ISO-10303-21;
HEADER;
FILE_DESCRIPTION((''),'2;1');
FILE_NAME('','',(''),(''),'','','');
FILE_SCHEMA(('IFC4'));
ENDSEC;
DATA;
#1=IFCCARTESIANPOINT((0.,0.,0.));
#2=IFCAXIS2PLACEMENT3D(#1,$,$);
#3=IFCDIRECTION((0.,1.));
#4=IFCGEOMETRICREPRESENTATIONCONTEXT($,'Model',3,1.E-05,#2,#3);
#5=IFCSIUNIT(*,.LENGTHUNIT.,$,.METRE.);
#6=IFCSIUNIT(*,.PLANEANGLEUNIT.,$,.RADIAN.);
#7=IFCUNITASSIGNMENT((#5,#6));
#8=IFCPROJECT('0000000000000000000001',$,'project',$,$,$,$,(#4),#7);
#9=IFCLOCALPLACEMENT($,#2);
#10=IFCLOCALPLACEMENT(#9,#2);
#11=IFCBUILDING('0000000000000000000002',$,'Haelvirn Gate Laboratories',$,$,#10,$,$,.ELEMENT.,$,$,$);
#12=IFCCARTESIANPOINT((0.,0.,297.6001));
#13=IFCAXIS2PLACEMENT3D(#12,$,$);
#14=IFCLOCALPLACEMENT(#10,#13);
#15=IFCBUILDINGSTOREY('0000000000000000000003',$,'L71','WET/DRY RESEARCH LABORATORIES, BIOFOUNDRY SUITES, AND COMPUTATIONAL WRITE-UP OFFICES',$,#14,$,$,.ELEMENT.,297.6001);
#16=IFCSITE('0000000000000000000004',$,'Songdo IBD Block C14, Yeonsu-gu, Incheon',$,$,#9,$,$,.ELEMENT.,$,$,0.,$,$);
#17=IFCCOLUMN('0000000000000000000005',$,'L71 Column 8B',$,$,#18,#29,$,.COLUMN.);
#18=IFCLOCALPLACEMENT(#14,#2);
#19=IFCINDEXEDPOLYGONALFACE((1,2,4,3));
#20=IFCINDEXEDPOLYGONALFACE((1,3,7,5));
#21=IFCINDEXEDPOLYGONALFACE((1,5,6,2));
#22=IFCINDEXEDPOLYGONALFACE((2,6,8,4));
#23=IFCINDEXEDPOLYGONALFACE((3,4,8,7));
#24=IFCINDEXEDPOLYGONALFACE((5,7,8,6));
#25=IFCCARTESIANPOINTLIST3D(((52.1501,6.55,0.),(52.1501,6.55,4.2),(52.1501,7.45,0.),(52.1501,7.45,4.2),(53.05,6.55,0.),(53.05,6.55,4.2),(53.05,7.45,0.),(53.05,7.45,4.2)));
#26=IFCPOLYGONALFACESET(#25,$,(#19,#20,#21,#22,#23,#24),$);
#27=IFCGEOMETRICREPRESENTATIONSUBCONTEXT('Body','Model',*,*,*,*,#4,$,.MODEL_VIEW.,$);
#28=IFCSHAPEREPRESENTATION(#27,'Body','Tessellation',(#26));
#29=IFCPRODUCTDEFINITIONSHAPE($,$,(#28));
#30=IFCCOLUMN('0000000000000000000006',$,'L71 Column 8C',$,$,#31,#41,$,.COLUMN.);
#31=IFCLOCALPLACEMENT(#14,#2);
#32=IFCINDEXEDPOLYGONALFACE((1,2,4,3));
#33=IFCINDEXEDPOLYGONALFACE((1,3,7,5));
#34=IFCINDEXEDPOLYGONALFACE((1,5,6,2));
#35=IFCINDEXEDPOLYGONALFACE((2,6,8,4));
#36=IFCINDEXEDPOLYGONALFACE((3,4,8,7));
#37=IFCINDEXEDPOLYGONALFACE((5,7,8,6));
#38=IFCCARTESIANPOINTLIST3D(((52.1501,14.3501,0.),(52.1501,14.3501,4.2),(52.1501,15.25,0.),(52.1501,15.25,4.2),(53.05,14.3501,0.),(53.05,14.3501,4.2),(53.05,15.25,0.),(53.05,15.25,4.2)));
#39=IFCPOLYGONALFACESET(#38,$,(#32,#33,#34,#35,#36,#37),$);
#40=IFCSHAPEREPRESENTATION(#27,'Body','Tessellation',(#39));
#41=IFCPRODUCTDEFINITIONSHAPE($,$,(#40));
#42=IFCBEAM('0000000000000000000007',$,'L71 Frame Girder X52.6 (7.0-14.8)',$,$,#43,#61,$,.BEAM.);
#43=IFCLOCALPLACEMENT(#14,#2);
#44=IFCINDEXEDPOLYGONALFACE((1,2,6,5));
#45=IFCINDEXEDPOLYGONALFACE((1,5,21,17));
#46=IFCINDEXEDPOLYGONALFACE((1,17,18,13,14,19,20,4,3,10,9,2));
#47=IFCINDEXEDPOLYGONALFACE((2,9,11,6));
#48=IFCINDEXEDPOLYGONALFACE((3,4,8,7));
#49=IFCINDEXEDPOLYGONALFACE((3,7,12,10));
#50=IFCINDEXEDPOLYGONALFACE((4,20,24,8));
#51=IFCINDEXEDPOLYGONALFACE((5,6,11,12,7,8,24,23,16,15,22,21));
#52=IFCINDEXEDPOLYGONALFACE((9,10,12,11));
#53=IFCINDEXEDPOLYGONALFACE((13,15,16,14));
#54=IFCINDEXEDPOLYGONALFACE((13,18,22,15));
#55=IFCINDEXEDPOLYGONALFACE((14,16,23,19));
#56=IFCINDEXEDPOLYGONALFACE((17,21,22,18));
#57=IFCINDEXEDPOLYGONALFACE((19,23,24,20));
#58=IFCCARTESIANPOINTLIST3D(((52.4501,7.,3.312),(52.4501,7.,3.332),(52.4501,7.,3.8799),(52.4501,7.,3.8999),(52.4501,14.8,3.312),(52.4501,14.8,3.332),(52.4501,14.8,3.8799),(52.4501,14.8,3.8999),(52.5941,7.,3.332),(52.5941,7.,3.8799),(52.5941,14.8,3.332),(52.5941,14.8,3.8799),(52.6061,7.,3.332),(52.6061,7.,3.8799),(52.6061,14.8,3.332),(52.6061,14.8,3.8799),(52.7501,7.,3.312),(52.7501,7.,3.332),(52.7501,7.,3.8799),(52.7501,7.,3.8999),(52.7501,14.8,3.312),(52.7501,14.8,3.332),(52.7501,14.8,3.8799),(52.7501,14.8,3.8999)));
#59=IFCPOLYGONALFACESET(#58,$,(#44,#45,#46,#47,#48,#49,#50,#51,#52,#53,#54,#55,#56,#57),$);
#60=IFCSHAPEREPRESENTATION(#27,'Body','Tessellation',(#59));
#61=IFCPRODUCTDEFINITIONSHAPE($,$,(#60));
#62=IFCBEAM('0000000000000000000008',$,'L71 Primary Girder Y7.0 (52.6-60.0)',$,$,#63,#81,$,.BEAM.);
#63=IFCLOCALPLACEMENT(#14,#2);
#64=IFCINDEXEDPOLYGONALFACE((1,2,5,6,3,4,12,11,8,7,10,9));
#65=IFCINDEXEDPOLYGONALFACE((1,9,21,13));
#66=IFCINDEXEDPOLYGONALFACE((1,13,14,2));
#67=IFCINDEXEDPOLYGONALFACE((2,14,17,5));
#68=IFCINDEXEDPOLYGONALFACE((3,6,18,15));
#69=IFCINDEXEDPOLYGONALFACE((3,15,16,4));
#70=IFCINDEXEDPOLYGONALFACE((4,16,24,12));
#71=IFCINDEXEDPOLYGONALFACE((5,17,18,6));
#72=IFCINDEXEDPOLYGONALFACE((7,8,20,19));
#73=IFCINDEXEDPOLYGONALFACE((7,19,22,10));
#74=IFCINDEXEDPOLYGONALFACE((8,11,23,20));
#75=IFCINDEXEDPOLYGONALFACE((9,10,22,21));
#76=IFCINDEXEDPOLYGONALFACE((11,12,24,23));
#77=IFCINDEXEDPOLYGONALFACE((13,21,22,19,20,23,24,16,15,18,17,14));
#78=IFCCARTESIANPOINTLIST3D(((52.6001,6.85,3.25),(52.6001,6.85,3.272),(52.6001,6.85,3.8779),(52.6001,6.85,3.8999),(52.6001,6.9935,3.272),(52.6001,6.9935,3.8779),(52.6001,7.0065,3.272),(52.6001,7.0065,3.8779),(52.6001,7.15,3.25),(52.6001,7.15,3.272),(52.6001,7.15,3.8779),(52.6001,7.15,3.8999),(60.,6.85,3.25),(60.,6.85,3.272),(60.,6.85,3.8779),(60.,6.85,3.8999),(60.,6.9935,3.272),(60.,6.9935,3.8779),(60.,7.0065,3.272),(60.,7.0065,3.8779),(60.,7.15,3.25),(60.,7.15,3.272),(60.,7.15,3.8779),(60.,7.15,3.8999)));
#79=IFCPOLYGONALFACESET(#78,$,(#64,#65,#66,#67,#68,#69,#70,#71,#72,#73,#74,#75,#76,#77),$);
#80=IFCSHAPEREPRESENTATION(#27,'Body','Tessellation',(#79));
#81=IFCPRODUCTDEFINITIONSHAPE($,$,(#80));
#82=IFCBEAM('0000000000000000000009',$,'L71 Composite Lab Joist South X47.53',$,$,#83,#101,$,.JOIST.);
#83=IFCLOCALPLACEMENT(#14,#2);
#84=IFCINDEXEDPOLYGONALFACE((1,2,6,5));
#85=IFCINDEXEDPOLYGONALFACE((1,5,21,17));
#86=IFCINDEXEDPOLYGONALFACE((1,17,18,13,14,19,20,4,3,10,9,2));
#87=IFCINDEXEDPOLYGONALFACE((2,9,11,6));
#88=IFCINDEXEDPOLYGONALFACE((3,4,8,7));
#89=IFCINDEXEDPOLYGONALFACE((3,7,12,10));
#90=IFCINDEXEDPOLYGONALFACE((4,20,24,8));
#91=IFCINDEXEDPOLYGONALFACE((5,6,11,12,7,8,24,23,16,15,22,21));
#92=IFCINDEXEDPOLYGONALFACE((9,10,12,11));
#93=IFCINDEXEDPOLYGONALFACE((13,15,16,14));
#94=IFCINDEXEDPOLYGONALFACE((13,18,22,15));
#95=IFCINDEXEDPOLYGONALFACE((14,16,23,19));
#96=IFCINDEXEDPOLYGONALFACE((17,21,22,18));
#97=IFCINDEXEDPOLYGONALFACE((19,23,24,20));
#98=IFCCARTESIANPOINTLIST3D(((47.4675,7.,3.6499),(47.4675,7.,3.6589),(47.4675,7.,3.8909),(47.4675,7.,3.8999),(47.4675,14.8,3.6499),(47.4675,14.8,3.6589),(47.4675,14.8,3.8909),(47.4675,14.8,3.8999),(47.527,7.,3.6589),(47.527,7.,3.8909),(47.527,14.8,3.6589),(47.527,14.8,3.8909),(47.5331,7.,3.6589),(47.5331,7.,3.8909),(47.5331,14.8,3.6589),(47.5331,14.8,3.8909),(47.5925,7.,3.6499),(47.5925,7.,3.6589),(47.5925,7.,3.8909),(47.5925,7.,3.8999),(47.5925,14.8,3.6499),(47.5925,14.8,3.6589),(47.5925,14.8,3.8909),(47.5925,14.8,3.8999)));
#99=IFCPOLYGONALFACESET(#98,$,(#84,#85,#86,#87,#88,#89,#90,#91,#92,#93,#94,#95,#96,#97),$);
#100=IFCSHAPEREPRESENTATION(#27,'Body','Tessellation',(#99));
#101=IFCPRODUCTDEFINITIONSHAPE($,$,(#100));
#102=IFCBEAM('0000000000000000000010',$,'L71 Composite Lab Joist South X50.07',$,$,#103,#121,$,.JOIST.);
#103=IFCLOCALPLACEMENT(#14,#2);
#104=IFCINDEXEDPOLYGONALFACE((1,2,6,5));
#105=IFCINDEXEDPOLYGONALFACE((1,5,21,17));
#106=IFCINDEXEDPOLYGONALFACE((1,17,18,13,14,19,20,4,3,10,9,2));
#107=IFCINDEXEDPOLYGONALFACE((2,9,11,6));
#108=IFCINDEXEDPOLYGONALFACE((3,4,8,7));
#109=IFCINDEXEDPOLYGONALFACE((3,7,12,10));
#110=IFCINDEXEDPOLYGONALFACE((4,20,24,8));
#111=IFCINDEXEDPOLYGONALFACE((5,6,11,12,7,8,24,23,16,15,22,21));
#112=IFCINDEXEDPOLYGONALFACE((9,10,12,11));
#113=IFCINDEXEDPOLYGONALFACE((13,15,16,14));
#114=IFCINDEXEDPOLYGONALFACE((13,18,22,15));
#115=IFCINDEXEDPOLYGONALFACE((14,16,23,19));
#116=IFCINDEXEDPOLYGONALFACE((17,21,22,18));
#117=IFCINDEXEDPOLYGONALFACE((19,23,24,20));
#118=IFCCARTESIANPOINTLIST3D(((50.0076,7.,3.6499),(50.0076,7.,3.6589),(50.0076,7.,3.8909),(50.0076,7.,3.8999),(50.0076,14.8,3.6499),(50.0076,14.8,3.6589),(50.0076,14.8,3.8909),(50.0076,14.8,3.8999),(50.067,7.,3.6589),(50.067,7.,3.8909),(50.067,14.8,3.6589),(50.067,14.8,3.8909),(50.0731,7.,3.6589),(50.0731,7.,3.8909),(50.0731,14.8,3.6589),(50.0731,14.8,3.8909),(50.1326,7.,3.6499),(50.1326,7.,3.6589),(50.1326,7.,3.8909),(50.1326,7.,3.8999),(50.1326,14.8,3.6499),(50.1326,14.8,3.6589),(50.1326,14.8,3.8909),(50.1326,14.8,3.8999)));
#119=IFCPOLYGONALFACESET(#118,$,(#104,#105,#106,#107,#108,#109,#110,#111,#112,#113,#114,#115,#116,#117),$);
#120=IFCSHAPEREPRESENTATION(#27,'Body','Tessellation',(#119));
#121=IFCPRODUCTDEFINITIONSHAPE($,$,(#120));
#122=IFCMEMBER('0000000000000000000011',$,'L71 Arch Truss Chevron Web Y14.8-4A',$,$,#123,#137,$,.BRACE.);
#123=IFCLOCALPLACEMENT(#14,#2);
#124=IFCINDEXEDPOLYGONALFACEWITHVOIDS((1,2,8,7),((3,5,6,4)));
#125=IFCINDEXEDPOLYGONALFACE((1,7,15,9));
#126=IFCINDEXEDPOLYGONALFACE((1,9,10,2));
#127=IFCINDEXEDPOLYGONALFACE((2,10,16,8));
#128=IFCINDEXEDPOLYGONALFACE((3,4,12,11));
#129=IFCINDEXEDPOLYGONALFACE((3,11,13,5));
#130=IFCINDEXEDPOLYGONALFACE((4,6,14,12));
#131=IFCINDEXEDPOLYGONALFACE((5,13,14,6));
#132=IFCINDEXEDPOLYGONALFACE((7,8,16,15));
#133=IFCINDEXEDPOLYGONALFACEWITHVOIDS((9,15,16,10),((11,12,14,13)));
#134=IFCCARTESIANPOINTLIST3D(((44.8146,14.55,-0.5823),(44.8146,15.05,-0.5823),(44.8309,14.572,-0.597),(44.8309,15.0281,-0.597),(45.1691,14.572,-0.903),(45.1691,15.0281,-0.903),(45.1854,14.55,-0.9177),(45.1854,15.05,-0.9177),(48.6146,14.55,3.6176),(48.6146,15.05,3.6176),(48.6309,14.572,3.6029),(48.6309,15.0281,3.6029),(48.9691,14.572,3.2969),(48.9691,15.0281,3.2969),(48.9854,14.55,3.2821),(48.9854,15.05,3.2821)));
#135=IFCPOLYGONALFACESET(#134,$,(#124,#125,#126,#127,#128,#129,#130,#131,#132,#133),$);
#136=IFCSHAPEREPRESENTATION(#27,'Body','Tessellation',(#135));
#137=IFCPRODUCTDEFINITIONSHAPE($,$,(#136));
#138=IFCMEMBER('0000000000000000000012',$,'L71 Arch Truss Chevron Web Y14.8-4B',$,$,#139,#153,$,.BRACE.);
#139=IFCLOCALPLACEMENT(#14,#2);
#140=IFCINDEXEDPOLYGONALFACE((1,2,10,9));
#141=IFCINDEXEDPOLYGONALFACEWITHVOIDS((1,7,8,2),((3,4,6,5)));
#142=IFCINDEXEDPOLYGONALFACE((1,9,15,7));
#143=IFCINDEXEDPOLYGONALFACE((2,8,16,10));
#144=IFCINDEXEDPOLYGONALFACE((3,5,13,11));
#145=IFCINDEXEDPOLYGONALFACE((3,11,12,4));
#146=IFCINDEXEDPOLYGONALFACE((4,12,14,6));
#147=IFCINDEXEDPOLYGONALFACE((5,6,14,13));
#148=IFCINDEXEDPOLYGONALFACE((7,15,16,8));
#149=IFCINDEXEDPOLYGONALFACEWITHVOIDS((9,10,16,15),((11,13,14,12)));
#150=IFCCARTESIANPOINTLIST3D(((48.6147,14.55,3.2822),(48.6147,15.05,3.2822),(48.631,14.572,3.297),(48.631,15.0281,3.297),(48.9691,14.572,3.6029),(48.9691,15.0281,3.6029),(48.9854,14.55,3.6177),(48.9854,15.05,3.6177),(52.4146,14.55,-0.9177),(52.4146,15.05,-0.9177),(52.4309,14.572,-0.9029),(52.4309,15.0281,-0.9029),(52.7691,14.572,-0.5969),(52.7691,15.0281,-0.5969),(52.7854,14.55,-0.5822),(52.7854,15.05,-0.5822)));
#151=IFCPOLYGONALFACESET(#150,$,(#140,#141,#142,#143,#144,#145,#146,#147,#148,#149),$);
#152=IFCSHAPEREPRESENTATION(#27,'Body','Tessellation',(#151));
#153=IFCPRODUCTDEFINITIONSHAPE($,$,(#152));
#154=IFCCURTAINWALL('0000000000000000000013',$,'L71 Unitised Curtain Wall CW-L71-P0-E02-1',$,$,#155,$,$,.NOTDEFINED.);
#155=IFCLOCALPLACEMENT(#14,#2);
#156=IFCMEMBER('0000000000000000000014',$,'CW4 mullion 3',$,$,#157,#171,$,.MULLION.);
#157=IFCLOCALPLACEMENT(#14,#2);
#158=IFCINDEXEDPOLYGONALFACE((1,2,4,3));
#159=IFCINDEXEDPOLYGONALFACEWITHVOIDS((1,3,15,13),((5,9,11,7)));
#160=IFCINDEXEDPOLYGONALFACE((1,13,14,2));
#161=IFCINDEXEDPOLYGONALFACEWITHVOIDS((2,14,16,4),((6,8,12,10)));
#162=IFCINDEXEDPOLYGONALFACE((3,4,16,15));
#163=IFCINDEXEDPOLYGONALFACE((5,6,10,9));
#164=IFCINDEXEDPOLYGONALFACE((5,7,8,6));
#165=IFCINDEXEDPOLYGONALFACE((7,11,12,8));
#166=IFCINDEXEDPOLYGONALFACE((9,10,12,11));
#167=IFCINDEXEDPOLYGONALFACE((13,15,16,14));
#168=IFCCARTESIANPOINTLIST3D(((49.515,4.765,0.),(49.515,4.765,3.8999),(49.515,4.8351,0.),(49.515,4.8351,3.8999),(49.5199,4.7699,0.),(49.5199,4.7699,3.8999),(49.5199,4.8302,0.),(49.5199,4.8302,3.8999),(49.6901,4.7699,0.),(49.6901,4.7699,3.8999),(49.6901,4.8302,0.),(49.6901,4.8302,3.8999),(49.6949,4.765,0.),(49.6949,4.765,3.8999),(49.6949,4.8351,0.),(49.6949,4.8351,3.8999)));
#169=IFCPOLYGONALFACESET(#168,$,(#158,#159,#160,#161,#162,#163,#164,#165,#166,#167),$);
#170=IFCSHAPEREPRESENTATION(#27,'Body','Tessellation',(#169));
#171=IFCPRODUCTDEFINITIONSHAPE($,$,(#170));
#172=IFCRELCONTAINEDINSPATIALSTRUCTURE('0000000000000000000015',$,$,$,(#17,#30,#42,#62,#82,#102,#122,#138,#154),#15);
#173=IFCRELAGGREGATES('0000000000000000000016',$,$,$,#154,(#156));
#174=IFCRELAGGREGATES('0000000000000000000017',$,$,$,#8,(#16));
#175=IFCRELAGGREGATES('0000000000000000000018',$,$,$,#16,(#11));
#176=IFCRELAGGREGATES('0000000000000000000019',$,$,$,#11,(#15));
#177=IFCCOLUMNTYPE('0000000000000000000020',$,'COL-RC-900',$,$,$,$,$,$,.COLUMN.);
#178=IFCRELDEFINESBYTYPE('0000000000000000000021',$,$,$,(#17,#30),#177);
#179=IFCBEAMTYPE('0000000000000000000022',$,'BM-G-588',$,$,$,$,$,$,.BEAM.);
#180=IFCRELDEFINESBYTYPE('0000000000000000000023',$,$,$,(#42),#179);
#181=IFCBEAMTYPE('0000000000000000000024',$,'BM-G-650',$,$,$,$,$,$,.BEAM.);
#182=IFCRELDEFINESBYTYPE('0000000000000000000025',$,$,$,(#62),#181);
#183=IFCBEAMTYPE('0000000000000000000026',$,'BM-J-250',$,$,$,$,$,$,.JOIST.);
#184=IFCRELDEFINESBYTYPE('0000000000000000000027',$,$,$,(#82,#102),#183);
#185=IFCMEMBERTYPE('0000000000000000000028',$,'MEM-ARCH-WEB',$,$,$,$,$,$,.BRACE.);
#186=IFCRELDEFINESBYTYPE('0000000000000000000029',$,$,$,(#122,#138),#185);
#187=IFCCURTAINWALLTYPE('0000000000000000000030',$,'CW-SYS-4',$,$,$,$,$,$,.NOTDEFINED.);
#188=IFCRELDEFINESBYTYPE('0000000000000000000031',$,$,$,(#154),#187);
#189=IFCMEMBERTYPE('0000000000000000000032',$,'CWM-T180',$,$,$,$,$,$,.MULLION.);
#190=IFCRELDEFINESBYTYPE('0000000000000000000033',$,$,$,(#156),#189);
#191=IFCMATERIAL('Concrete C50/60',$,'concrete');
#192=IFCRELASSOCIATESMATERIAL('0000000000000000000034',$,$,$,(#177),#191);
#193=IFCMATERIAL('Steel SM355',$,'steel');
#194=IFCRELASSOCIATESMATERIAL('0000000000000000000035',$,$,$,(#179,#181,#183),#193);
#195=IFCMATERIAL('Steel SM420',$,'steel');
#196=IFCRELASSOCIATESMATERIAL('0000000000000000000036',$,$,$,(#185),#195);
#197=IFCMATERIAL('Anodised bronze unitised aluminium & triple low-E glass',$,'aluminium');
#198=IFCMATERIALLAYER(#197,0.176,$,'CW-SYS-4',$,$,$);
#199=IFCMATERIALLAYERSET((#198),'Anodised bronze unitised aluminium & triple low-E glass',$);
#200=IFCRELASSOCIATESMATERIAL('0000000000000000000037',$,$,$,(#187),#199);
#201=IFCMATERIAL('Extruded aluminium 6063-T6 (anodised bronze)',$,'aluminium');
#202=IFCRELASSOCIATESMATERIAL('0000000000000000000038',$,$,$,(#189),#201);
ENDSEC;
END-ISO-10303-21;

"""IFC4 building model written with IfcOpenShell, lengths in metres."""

from ifc_helpers import new_model, si_unit, direction, frame, origin, origin_2d, place, context, subcontext, project, spatial, rectangle, hollow_rectangle, i_section, extrude, source, transform, mapped, material, layer, layer_set, material_profile, profile_set, type_object, type_shapes, element, aggregate, save


model = new_model("IFC4")

# Units and contexts
model_context = context("Model", 3, precision=1e-05, world=origin(), true_north=direction((0.0, 1.0)))
body_context = subcontext(model_context, "Body", "Model", "MODEL_VIEW")
ifc_project = project(units=[si_unit("LENGTHUNIT", "METRE"), si_unit("PLANEANGLEUNIT", "RADIAN")], contexts=[model_context])

# Site, building, storey
site_placement = place(None, origin())
site = spatial("IfcSite", under=ifc_project, at=site_placement, Name="Songdo IBD Block C14, Yeonsu-gu, Incheon", CompositionType="ELEMENT", RefElevation=0.0)
building_placement = place(site_placement, origin())
building = spatial("IfcBuilding", under=site, at=building_placement, Name="Haelvirn Gate Laboratories", CompositionType="ELEMENT")
storey_placement = place(building_placement, frame((0.0, 0.0, 297.6001)))
storey = spatial("IfcBuildingStorey", under=building, at=storey_placement, Name="L71", Description="WET/DRY RESEARCH LABORATORIES, BIOFOUNDRY SUITES, AND COMPUTATIONAL WRITE-UP OFFICES", CompositionType="ELEMENT", Elevation=297.6001)

# Columns
ifc_material_1 = material(Name="Concrete C50/60", Category="concrete")
ifc_material_profile_1 = material_profile(ifc_material_1, rectangle(XDim=0.8999, YDim=0.8999, at=origin_2d()), Name="RC-900x900")
ifc_profile_set_1 = profile_set([ifc_material_profile_1], Name="Concrete C50/60")
column_type = type_object("IfcColumnType", Name="COL-RC-900", PredefinedType="COLUMN", material=ifc_profile_set_1)
shared_shape_1 = source(origin(), body_context, "Body", "SweptSolid", [
    extrude(rectangle(XDim=0.8999, YDim=0.8999, at=origin_2d()), origin(), (0.0, 0.0, 1.0), 4.2),
])
type_shapes(column_type, [shared_shape_1])
for number, where, z_axis, x_axis, name in (
    (1, (52.6001, 7.0, 0.0), (0.0, 0.0, 1.0), (1.0, 0.0, 0.0), "L71 Column 8B"),
    (2, (52.6001, 14.8, 0.0), (0.0, 0.0, 1.0), (1.0, 0.0, 0.0), "L71 Column 8C"),
):
    element("IfcColumn", number, at=place(storey_placement, frame(where, z_axis=z_axis, x_axis=x_axis)), inside=storey, type_object=column_type, Name=name, PredefinedType="COLUMN", context=body_context, shape_type="MappedRepresentation", body=[
        mapped(shared_shape_1, transform((0.0, 0.0, 0.0), scale=1.0)),
    ])

# Beams
ifc_material_2 = material(Name="Steel SM355", Category="steel")
ifc_material_profile_2 = material_profile(ifc_material_2, i_section(OverallWidth=0.3, OverallDepth=0.5879, WebThickness=0.012, FlangeThickness=0.02, at=origin_2d()), Name="H-588x300x12x20")
ifc_profile_set_2 = profile_set([ifc_material_profile_2], Name="Steel SM355")
beam_type_1 = type_object("IfcBeamType", Name="BM-G-588", PredefinedType="BEAM", material=ifc_profile_set_2)
shared_shape_2 = source(origin(), body_context, "Body", "SweptSolid", [
    extrude(i_section(OverallWidth=0.3, OverallDepth=0.5879, WebThickness=0.012, FlangeThickness=0.02, at=origin_2d()), origin(), (0.0, 0.0, 1.0), 7.8),
])
type_shapes(beam_type_1, [shared_shape_2])
beam_1_placement = place(storey_placement, frame((52.6001, 7.0, 3.606), z_axis=(0.0, 1.0, 0.0), x_axis=(-1.0, 0.0, 0.0)))
element("IfcBeam", 3, at=beam_1_placement, inside=storey, type_object=beam_type_1, Name="L71 Frame Girder X52.6 (7.0-14.8)", PredefinedType="BEAM", context=body_context, shape_type="MappedRepresentation", body=[
    mapped(shared_shape_2, transform((0.0, 0.0, 0.0), scale=1.0)),
])
ifc_material_profile_3 = material_profile(ifc_material_2, i_section(OverallWidth=0.3, OverallDepth=0.6499, WebThickness=0.0129, FlangeThickness=0.022, at=origin_2d()), Name="H-650x300x13x22")
ifc_profile_set_3 = profile_set([ifc_material_profile_3], Name="Steel SM355")
beam_type_2 = type_object("IfcBeamType", Name="BM-G-650", PredefinedType="BEAM", material=ifc_profile_set_3)
shared_shape_3 = source(origin(), body_context, "Body", "SweptSolid", [
    extrude(i_section(OverallWidth=0.3, OverallDepth=0.6499, WebThickness=0.0129, FlangeThickness=0.022, at=origin_2d()), origin(), (0.0, 0.0, 1.0), 7.3999),
])
type_shapes(beam_type_2, [shared_shape_3])
beam_2_placement = place(storey_placement, frame((52.6001, 7.0, 3.575), z_axis=(1.0, 0.0, 0.0), x_axis=(0.0, 1.0, 0.0)))
element("IfcBeam", 4, at=beam_2_placement, inside=storey, type_object=beam_type_2, Name="L71 Primary Girder Y7.0 (52.6-60.0)", PredefinedType="BEAM", context=body_context, shape_type="MappedRepresentation", body=[
    mapped(shared_shape_3, transform((0.0, 0.0, 0.0), scale=1.0)),
])
ifc_material_profile_4 = material_profile(ifc_material_2, i_section(OverallWidth=0.125, OverallDepth=0.25, WebThickness=0.0061, FlangeThickness=0.009, at=origin_2d()), Name="H-250x125x6x9")
ifc_profile_set_4 = profile_set([ifc_material_profile_4], Name="Steel SM355")
beam_type_3 = type_object("IfcBeamType", Name="BM-J-250", PredefinedType="JOIST", material=ifc_profile_set_4)
shared_shape_4 = source(origin(), body_context, "Body", "SweptSolid", [
    extrude(i_section(OverallWidth=0.125, OverallDepth=0.25, WebThickness=0.0061, FlangeThickness=0.009, at=origin_2d()), origin(), (0.0, 0.0, 1.0), 7.8),
])
type_shapes(beam_type_3, [shared_shape_4])
for number, where, z_axis, x_axis, name in (
    (5, (47.53, 7.0, 3.7749), (0.0, 1.0, 0.0), (-1.0, 0.0, 0.0), "L71 Composite Lab Joist South X47.53"),
    (6, (50.0701, 7.0, 3.7749), (0.0, 1.0, 0.0), (-1.0, 0.0, 0.0), "L71 Composite Lab Joist South X50.07"),
):
    element("IfcBeam", number, at=place(storey_placement, frame(where, z_axis=z_axis, x_axis=x_axis)), inside=storey, type_object=beam_type_3, Name=name, PredefinedType="JOIST", context=body_context, shape_type="MappedRepresentation", body=[
        mapped(shared_shape_4, transform((0.0, 0.0, 0.0), scale=1.0)),
    ])

# Members
ifc_material_3 = material(Name="Steel SM420", Category="steel")
ifc_material_profile_5 = material_profile(ifc_material_3, hollow_rectangle(XDim=0.5, YDim=0.5, WallThickness=0.022, at=origin_2d()), Name="BOX-500x500x22")
ifc_profile_set_5 = profile_set([ifc_material_profile_5], Name="Steel SM420")
member_type_1 = type_object("IfcMemberType", Name="MEM-ARCH-WEB", PredefinedType="BRACE", material=ifc_profile_set_5)
shared_shape_5 = source(origin(), body_context, "Body", "SweptSolid", [
    extrude(hollow_rectangle(XDim=0.5, YDim=0.5, WallThickness=0.022, at=origin_2d()), origin(), (0.0, 0.0, 1.0), 5.6638),
])
type_shapes(member_type_1, [shared_shape_5])
for number, where, z_axis, x_axis, name in (
    (7, (45.0, 14.8, -0.75), (0.670922, 0.0, 0.741528), (0.0, 1.0, 0.0), "L71 Arch Truss Chevron Web Y14.8-4A"),
    (8, (48.8, 14.8, 3.45), (0.670922, 0.0, -0.741528), (0.0, 1.0, 0.0), "L71 Arch Truss Chevron Web Y14.8-4B"),
):
    element("IfcMember", number, at=place(storey_placement, frame(where, z_axis=z_axis, x_axis=x_axis)), inside=storey, type_object=member_type_1, Name=name, PredefinedType="BRACE", context=body_context, shape_type="MappedRepresentation", body=[
        mapped(shared_shape_5, transform((0.0, 0.0, 0.0), scale=1.0)),
    ])

# Curtain wall, member
ifc_material_4 = material(Name="Anodised bronze unitised aluminium & triple low-E glass", Category="aluminium")
ifc_layer_1 = layer(ifc_material_4, 0.176, Name="CW-SYS-4")
ifc_layer_set_1 = layer_set([ifc_layer_1], Name="Anodised bronze unitised aluminium & triple low-E glass")
curtain_wall_type = type_object("IfcCurtainWallType", Name="CW-SYS-4", PredefinedType="NOTDEFINED", material=ifc_layer_set_1)
curtain_wall_1_placement = place(storey_placement, origin())
curtain_wall_1 = element("IfcCurtainWall", 9, at=curtain_wall_1_placement, inside=storey, type_object=curtain_wall_type, Name="L71 Unitised Curtain Wall CW-L71-P0-E02-1", PredefinedType="NOTDEFINED")
ifc_material_5 = material(Name="Extruded aluminium 6063-T6 (anodised bronze)", Category="aluminium")
ifc_material_profile_6 = material_profile(ifc_material_5, hollow_rectangle(XDim=0.0701, YDim=0.1799, WallThickness=0.0049, at=origin_2d()), Name="CWM-180x70x5")
ifc_profile_set_6 = profile_set([ifc_material_profile_6], Name="Extruded aluminium 6063-T6 (anodised bronze)")
member_type_2 = type_object("IfcMemberType", Name="CWM-T180", PredefinedType="MULLION", material=ifc_profile_set_6)
shared_shape_6 = source(origin(), body_context, "Body", "SweptSolid", [
    extrude(hollow_rectangle(XDim=0.0701, YDim=0.1799, WallThickness=0.0049, at=origin_2d()), origin(), (0.0, 0.0, 1.0), 3.8999),
])
type_shapes(member_type_2, [shared_shape_6])
member_1_placement = place(storey_placement, frame((49.605, 4.8, 0.0), z_axis=(0.0, 0.0, 1.0), x_axis=(0.0, 1.0, 0.0)))
member_1 = element("IfcMember", 10, at=member_1_placement, type_object=member_type_2, Name="CW4 mullion 3", PredefinedType="MULLION", context=body_context, shape_type="MappedRepresentation", body=[
    mapped(shared_shape_6, transform((0.0, 0.0, 0.0), scale=1.0)),
])
aggregate(curtain_wall_1, [member_1])

save(model, "model.ifc")
